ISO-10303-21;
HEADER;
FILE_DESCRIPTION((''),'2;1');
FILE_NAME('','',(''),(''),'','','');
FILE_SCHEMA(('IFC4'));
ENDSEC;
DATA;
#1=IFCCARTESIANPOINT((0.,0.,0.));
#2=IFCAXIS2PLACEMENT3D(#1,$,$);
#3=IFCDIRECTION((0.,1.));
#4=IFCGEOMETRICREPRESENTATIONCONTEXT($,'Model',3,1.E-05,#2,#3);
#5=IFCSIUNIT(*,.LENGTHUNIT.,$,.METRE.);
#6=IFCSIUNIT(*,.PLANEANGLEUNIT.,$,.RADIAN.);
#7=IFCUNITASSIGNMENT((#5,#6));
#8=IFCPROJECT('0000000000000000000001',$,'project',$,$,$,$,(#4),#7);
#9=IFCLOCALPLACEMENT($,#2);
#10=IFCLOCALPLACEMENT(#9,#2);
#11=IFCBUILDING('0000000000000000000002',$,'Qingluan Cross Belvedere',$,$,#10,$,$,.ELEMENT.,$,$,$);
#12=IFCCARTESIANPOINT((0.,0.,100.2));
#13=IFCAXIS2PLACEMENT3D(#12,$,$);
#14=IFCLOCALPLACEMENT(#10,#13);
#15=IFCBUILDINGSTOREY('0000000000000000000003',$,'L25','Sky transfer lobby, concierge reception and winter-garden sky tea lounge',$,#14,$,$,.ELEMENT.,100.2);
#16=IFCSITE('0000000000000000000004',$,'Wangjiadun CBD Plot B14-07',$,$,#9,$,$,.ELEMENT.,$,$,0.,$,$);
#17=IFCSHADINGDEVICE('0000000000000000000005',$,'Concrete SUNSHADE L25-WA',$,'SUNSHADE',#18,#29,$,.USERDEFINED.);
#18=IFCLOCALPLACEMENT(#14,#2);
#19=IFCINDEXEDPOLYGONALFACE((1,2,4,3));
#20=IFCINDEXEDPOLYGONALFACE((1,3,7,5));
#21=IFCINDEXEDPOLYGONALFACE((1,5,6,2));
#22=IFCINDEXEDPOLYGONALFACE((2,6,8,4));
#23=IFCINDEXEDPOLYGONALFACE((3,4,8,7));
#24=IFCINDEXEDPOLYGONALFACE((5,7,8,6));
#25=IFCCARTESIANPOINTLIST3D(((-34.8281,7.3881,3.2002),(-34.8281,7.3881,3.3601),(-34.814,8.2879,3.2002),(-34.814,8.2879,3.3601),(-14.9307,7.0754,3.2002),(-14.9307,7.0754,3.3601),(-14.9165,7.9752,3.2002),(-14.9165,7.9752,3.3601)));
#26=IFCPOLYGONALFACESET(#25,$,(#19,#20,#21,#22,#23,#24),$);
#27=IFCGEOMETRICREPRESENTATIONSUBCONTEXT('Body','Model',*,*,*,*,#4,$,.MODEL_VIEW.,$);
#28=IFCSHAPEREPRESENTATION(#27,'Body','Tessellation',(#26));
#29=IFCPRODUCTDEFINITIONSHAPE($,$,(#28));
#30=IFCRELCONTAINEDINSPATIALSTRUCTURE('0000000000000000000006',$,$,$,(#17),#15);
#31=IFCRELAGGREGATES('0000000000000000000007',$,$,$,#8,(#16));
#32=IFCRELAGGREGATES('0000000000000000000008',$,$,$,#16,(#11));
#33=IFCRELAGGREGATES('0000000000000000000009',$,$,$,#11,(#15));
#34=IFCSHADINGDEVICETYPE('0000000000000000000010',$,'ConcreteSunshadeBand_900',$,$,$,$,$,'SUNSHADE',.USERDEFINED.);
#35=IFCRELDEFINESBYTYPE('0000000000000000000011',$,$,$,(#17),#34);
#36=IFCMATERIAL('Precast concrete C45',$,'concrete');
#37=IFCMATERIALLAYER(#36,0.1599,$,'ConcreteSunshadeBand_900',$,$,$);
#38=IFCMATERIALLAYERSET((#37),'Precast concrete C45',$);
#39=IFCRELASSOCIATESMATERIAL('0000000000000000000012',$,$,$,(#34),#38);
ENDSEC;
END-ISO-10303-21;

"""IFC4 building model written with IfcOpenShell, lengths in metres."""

from ifc_helpers import new_model, si_unit, direction, frame, origin, origin_2d, place, context, subcontext, project, spatial, rectangle, extrude, material, layer, layer_set, type_object, element, save


model = new_model("IFC4")

# Units and contexts
model_context = context("Model", 3, precision=1e-05, world=origin(), true_north=direction((0.0, 1.0)))
body_context = subcontext(model_context, "Body", "Model", "MODEL_VIEW")
ifc_project = project(units=[si_unit("LENGTHUNIT", "METRE"), si_unit("PLANEANGLEUNIT", "RADIAN")], contexts=[model_context])

# Site, building, storey
site_placement = place(None, origin())
site = spatial("IfcSite", under=ifc_project, at=site_placement, Name="Wangjiadun CBD Plot B14-07", CompositionType="ELEMENT", RefElevation=0.0)
building_placement = place(site_placement, origin())
building = spatial("IfcBuilding", under=site, at=building_placement, Name="Qingluan Cross Belvedere", CompositionType="ELEMENT")
storey_placement = place(building_placement, frame((0.0, 0.0, 100.2)))
storey = spatial("IfcBuildingStorey", under=building, at=storey_placement, Name="L25", Description="Sky transfer lobby, concierge reception and winter-garden sky tea lounge", CompositionType="ELEMENT", Elevation=100.2)

# Shading device
ifc_material_1 = material(Name="Precast concrete C45", Category="concrete")
ifc_layer_1 = layer(ifc_material_1, 0.1599, Name="ConcreteSunshadeBand_900")
ifc_layer_set_1 = layer_set([ifc_layer_1], Name="Precast concrete C45")
shading_device_type = type_object("IfcShadingDeviceType", Name="ConcreteSunshadeBand_900", ElementType="SUNSHADE", PredefinedType="USERDEFINED", material=ifc_layer_set_1)
shading_device_placement = place(storey_placement, frame((-24.8723, 7.6816, 3.2002), z_axis=(0.0, 0.0, 1.0), x_axis=(-0.999877, 0.015711, 0.0)))
element("IfcShadingDevice", 1, at=shading_device_placement, inside=storey, type_object=shading_device_type, Name="Concrete SUNSHADE L25-WA", ObjectType="SUNSHADE", PredefinedType="USERDEFINED", context=body_context, shape_type="SweptSolid", body=[
    extrude(rectangle(XDim=19.8999, YDim=0.8999, at=origin_2d()), origin(), (0.0, 0.0, 1.0), 0.1599),
])

save(model, "model.ifc")
